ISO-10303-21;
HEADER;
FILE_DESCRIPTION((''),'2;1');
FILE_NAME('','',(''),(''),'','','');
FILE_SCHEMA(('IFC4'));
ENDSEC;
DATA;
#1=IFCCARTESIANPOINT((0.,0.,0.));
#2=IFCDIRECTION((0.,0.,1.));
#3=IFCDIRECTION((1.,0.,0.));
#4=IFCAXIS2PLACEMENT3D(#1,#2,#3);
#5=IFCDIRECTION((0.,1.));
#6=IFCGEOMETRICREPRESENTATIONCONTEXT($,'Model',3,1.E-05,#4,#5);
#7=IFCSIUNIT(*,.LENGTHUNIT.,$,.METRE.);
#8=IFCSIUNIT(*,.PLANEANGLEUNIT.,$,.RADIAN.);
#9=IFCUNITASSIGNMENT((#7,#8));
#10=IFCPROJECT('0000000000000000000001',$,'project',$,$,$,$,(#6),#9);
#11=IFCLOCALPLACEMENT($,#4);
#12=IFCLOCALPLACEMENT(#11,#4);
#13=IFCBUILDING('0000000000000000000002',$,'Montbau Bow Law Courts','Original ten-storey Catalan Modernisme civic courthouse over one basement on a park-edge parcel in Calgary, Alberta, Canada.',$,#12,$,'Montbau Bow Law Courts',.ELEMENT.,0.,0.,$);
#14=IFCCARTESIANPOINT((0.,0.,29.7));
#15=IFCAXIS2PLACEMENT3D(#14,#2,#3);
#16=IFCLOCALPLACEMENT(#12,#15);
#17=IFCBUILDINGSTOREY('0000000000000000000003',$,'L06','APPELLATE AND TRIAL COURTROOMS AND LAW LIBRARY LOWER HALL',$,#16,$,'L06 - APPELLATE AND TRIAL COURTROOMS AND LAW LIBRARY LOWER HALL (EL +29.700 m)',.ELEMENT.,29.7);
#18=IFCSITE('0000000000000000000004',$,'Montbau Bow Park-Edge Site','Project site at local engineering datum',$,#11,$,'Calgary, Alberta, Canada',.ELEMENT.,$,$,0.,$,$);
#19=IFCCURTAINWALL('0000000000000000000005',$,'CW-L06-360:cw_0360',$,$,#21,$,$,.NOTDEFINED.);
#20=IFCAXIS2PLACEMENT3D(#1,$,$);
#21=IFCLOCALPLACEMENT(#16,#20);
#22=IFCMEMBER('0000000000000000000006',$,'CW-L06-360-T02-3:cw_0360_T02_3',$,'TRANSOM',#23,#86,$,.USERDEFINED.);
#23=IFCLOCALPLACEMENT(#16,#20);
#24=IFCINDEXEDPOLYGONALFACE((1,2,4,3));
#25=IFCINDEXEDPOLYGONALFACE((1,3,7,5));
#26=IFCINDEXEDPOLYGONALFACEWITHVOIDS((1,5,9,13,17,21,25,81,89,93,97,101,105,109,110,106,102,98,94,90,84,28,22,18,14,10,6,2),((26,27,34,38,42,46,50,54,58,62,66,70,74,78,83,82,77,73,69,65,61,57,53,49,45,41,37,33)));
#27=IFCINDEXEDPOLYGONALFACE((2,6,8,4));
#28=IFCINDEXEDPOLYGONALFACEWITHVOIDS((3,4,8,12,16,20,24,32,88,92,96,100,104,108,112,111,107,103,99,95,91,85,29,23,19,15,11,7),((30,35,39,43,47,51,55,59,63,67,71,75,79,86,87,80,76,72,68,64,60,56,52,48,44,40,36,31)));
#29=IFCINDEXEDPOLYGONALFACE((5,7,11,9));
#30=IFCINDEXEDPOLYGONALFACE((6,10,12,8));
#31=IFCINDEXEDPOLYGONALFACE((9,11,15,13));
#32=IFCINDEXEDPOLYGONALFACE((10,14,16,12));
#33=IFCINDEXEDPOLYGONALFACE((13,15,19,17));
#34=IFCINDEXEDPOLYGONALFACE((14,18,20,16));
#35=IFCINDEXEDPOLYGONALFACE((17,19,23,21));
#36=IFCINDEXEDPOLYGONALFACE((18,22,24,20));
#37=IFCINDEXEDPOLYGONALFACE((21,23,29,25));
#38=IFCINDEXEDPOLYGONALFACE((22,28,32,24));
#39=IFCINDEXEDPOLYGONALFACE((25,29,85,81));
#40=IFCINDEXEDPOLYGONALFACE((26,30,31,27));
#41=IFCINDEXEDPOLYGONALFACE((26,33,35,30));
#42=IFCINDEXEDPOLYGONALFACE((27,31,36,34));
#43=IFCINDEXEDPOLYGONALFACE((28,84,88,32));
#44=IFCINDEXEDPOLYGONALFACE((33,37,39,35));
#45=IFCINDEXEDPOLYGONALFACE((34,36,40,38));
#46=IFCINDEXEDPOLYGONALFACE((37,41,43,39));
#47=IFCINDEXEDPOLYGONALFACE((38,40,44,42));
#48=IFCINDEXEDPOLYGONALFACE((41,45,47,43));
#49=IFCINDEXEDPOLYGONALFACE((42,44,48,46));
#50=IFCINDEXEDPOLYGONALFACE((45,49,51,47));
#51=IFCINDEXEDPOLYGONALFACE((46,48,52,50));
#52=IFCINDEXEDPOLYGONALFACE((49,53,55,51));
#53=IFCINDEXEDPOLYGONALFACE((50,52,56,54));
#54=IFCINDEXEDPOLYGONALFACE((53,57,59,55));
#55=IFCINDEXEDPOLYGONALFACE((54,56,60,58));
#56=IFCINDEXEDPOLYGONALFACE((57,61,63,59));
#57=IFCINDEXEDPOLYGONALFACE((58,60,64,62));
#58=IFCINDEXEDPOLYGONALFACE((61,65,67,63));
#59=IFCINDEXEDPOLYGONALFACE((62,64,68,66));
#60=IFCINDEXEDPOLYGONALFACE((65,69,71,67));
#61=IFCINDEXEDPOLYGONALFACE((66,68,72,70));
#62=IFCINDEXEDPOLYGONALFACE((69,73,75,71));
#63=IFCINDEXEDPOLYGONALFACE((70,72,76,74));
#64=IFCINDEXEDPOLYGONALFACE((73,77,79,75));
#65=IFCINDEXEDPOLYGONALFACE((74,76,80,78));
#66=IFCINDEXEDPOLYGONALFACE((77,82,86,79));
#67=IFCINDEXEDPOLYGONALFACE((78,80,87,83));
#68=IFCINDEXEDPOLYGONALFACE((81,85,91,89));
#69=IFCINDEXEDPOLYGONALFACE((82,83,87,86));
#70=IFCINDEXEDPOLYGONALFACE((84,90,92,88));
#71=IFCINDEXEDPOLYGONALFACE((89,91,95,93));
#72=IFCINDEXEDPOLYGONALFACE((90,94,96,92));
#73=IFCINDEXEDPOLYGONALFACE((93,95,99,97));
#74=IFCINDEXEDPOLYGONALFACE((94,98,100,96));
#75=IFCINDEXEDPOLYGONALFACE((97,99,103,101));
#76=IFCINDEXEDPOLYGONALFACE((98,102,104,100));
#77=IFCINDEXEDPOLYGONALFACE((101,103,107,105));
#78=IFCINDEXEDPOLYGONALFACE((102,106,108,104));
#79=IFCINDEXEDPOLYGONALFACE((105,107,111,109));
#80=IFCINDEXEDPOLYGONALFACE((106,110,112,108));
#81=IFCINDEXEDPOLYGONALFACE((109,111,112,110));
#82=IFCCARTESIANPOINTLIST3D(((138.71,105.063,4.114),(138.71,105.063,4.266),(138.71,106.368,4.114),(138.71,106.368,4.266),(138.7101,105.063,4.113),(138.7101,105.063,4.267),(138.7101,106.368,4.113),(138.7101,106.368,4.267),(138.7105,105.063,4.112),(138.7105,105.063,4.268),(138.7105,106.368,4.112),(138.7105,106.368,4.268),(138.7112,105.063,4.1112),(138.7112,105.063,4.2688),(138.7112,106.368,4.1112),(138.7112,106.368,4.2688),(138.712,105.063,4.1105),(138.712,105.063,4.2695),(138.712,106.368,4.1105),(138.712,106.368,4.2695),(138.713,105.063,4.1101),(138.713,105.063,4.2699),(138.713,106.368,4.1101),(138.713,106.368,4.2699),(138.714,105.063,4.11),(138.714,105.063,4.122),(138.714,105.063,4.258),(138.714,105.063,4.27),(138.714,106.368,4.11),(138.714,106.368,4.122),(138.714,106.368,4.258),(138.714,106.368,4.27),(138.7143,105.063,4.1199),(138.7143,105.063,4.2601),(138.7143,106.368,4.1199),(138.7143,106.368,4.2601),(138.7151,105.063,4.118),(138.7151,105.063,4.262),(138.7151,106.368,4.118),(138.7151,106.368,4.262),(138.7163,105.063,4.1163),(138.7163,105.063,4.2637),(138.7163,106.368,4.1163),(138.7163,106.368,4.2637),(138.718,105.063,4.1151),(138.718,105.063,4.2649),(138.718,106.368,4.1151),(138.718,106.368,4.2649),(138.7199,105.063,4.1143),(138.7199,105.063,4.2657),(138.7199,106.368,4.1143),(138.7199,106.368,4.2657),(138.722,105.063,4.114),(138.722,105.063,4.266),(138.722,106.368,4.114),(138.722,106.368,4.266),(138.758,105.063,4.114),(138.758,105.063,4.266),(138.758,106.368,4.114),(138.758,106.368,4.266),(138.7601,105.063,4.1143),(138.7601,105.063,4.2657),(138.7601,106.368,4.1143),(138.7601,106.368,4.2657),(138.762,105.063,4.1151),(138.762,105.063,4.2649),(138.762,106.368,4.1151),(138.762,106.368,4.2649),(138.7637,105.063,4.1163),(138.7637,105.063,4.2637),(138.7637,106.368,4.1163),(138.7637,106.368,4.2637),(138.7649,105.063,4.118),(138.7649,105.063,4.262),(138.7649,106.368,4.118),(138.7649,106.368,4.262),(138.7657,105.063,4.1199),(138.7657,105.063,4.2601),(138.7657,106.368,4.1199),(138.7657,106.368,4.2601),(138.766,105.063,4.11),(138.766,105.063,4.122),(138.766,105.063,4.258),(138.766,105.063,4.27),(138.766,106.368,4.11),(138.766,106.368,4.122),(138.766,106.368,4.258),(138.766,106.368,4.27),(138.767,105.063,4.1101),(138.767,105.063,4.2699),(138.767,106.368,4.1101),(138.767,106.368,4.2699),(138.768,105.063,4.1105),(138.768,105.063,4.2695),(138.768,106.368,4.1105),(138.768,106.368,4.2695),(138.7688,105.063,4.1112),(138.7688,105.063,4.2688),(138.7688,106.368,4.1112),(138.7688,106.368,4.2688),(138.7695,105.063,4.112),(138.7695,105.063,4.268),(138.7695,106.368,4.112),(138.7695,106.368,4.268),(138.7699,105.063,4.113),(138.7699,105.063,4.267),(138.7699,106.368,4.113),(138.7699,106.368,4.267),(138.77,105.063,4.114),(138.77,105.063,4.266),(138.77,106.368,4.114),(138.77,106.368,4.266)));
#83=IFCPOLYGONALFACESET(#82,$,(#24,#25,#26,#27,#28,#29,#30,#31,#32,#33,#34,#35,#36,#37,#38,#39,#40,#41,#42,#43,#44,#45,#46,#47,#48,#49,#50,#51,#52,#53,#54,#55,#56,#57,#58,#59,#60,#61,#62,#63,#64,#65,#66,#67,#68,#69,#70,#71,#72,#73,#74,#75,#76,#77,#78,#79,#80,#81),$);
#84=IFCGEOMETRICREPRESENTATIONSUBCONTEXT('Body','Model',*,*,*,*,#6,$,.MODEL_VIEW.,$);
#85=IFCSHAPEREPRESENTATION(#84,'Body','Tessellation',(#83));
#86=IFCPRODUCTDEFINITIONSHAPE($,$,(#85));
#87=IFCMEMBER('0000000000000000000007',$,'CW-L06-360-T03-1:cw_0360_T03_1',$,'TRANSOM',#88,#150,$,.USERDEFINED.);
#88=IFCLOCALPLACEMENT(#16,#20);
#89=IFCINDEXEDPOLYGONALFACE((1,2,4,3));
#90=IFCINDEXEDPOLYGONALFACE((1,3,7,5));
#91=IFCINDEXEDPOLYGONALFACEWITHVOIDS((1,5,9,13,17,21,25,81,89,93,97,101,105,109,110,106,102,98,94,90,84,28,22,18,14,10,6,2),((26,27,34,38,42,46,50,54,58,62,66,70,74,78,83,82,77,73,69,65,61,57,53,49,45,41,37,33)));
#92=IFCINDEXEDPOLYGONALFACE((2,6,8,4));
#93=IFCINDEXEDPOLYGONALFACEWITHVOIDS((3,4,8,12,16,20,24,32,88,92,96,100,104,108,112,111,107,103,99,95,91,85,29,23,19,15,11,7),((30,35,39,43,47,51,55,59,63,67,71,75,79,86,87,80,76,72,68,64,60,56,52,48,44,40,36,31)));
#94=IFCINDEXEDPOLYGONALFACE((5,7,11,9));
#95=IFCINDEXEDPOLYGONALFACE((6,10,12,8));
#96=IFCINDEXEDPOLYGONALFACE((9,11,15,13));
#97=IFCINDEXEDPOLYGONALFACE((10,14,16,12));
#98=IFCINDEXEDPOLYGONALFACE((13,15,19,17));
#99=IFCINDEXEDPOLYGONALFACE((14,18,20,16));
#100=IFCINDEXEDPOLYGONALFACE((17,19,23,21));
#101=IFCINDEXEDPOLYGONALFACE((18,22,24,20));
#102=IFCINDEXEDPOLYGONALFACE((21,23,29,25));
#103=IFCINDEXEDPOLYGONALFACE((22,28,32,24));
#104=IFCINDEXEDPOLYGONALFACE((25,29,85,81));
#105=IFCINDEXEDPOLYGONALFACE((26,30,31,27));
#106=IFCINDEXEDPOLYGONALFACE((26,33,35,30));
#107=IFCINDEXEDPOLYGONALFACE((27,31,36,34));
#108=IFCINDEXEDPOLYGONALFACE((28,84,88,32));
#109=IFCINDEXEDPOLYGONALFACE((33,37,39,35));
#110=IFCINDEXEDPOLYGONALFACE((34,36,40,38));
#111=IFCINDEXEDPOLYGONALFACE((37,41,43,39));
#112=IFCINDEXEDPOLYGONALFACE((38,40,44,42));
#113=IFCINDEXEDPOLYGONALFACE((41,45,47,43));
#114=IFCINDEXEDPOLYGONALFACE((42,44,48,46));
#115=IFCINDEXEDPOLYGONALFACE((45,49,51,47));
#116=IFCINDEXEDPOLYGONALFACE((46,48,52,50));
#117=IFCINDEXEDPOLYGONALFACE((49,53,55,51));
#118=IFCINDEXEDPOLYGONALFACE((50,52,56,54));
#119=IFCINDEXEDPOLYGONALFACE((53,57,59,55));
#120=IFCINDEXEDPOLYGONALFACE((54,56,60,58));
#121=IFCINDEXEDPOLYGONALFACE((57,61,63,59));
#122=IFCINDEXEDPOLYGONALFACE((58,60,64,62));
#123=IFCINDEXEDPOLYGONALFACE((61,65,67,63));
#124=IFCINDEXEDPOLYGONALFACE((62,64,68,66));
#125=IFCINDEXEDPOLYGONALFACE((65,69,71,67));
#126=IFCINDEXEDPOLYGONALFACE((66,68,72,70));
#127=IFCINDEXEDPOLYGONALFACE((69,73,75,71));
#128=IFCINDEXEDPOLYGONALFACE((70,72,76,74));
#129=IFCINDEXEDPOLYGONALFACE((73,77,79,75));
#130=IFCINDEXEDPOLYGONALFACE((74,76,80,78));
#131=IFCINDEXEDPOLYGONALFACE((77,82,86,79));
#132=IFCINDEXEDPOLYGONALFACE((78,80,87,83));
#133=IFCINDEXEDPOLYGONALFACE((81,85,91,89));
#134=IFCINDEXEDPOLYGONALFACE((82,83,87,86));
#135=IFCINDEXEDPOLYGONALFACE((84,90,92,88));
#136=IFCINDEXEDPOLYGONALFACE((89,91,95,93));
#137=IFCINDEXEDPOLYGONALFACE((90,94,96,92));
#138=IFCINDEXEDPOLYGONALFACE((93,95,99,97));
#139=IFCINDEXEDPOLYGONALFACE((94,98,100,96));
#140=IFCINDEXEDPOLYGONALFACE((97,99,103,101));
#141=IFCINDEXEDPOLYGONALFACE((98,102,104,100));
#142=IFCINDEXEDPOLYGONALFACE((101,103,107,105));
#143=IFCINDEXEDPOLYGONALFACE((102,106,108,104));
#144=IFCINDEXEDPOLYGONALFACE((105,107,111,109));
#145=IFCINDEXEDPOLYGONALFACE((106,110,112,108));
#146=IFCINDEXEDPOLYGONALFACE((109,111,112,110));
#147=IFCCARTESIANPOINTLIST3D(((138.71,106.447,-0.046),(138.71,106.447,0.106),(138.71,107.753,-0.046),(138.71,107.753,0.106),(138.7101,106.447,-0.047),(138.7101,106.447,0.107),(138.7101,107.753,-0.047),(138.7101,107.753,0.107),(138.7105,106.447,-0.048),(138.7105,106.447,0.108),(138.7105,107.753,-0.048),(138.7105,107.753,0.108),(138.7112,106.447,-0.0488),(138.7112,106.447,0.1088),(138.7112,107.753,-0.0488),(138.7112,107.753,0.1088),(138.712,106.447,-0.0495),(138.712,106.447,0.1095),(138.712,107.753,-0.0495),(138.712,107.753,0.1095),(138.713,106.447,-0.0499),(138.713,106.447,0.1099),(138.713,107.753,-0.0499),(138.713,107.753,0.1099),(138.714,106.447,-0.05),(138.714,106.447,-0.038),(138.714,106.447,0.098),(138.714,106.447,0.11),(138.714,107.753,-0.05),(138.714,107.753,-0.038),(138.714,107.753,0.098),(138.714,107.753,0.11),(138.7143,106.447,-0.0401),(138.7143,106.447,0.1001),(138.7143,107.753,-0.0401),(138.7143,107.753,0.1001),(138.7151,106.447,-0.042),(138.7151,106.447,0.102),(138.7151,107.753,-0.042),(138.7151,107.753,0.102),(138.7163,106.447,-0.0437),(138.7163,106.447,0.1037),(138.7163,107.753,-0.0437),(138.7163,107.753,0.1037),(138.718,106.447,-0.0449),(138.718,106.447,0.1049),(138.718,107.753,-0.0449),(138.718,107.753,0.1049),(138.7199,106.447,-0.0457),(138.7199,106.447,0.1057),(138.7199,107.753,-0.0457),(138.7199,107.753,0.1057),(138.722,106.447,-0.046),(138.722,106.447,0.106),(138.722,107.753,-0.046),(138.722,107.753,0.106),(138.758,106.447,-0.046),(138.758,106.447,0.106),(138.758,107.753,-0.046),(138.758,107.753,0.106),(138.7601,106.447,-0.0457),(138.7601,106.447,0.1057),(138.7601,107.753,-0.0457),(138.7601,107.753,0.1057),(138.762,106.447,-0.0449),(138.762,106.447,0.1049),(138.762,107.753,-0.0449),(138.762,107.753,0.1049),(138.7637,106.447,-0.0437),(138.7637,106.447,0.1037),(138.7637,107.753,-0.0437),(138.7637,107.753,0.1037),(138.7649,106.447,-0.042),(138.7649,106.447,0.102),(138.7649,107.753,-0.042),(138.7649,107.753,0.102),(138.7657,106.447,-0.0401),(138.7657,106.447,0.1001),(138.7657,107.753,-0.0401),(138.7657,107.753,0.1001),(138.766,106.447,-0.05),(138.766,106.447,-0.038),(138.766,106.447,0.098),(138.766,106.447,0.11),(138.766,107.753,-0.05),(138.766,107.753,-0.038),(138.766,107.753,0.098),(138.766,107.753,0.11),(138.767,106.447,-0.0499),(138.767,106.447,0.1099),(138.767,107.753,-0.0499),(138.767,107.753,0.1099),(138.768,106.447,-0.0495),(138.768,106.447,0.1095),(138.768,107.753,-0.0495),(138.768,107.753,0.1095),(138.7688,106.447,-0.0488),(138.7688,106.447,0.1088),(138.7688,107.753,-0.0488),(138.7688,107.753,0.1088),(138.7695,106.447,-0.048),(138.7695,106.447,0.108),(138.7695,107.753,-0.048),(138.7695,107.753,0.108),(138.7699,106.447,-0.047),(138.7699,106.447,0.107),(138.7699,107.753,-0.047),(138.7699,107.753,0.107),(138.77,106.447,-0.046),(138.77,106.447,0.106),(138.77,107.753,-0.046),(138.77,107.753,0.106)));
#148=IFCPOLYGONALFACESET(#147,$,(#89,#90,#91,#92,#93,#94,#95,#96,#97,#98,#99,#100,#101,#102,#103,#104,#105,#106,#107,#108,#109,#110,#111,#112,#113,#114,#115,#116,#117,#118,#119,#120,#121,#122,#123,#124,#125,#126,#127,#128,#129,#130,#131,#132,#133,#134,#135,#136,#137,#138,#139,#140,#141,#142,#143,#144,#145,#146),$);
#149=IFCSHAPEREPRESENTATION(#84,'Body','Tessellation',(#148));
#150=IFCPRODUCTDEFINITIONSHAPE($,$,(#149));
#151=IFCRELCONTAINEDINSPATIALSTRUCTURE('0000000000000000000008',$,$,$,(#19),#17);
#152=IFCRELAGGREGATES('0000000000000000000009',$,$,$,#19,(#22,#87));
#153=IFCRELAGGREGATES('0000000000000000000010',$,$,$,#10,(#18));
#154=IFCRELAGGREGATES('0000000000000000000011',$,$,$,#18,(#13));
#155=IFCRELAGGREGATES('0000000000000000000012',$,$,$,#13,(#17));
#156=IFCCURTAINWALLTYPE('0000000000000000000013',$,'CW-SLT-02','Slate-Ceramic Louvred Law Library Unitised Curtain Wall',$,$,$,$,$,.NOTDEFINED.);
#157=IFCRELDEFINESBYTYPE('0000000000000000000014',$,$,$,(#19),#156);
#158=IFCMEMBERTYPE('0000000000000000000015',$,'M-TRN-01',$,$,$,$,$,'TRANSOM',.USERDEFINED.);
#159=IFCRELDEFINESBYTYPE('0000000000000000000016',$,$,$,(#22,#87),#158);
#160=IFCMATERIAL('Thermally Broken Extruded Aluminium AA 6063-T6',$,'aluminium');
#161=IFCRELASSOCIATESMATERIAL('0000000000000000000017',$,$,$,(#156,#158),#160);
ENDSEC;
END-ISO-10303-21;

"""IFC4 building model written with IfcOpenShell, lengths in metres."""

from ifc_helpers import new_model, si_unit, direction, frame, origin_with_axes, origin_2d_with_axis, place, context, subcontext, project, spatial, hollow_rectangle, extrude, material, material_profile, profile_set, type_object, element, aggregate, save


model = new_model("IFC4")

# Units and contexts
model_context = context("Model", 3, precision=1e-05, world=origin_with_axes(), true_north=direction((0.0, 1.0)))
body_context = subcontext(model_context, "Body", "Model", "MODEL_VIEW")
ifc_project = project(units=[si_unit("LENGTHUNIT", "METRE"), si_unit("PLANEANGLEUNIT", "RADIAN")], contexts=[model_context])

# Site, building, storey
site_placement = place(None, origin_with_axes())
site = spatial("IfcSite", under=ifc_project, at=site_placement, Name="Montbau Bow Park-Edge Site", Description="Project site at local engineering datum", LongName="Calgary, Alberta, Canada", CompositionType="ELEMENT", RefElevation=0.0)
building_placement = place(site_placement, origin_with_axes())
building = spatial("IfcBuilding", under=site, at=building_placement, Name="Montbau Bow Law Courts", Description="Original ten-storey Catalan Modernisme civic courthouse over one basement on a park-edge parcel in Calgary, Alberta, Canada.", LongName="Montbau Bow Law Courts", CompositionType="ELEMENT", ElevationOfRefHeight=0.0, ElevationOfTerrain=0.0)
storey_placement = place(building_placement, frame((0.0, 0.0, 29.7), z_axis=(0.0, 0.0, 1.0), x_axis=(1.0, 0.0, 0.0)))
storey = spatial("IfcBuildingStorey", under=building, at=storey_placement, Name="L06", Description="APPELLATE AND TRIAL COURTROOMS AND LAW LIBRARY LOWER HALL", LongName="L06 - APPELLATE AND TRIAL COURTROOMS AND LAW LIBRARY LOWER HALL (EL +29.700 m)", CompositionType="ELEMENT", Elevation=29.7)

# Curtain wall, members
ifc_material_1 = material(Name="Thermally Broken Extruded Aluminium AA 6063-T6", Category="aluminium")
curtain_wall_type = type_object("IfcCurtainWallType", Name="CW-SLT-02", Description="Slate-Ceramic Louvred Law Library Unitised Curtain Wall", PredefinedType="NOTDEFINED", material=ifc_material_1)
curtain_wall_placement = place(None, frame((138.74, 103.64, 29.7), z_axis=(0.0, 0.0, 1.0), x_axis=(1.0, 0.0, 0.0)))
curtain_wall = element("IfcCurtainWall", 1, at=curtain_wall_placement, inside=storey, type_object=curtain_wall_type, Name="CW-L06-360:cw_0360", PredefinedType="NOTDEFINED")
ifc_material_profile_1 = material_profile(ifc_material_1, hollow_rectangle(XDim=0.06, YDim=0.16, WallThickness=0.004, InnerFilletRadius=0.008, OuterFilletRadius=0.004, at=origin_2d_with_axis()), Name="CWT-160X60", Category="Main", Priority=0)
ifc_profile_set_1 = profile_set([ifc_material_profile_1], Name="Thermally Broken Extruded Aluminium AA 6063-T6")
member_type_1 = type_object("IfcMemberType", Name="M-TRN-01", ElementType="TRANSOM", PredefinedType="USERDEFINED", material=ifc_profile_set_1)
member_1_placement = place(None, frame((138.74, 105.063, 33.89), z_axis=(0.0, 1.0, 0.0), x_axis=(-1.0, 0.0, 0.0)))
member_1 = element("IfcMember", 2, at=member_1_placement, type_object=member_type_1, Name="CW-L06-360-T02-3:cw_0360_T02_3", ObjectType="TRANSOM", PredefinedType="USERDEFINED", context=body_context, shape_type="SweptSolid", body=[
    extrude(hollow_rectangle(XDim=0.06, YDim=0.16, WallThickness=0.004, InnerFilletRadius=0.008, OuterFilletRadius=0.004, at=origin_2d_with_axis()), origin_with_axes(), (0.0, 0.0, 1.0), 1.305),
])
member_2_placement = place(None, frame((138.74, 106.447, 29.73), z_axis=(0.0, 1.0, 0.0), x_axis=(-1.0, 0.0, 0.0)))
member_2 = element("IfcMember", 3, at=member_2_placement, type_object=member_type_1, Name="CW-L06-360-T03-1:cw_0360_T03_1", ObjectType="TRANSOM", PredefinedType="USERDEFINED", context=body_context, shape_type="SweptSolid", body=[
    extrude(hollow_rectangle(XDim=0.06, YDim=0.16, WallThickness=0.004, InnerFilletRadius=0.008, OuterFilletRadius=0.004, at=origin_2d_with_axis()), origin_with_axes(), (0.0, 0.0, 1.0), 1.306),
])
aggregate(curtain_wall, [member_1, member_2])

save(model, "model.ifc")
